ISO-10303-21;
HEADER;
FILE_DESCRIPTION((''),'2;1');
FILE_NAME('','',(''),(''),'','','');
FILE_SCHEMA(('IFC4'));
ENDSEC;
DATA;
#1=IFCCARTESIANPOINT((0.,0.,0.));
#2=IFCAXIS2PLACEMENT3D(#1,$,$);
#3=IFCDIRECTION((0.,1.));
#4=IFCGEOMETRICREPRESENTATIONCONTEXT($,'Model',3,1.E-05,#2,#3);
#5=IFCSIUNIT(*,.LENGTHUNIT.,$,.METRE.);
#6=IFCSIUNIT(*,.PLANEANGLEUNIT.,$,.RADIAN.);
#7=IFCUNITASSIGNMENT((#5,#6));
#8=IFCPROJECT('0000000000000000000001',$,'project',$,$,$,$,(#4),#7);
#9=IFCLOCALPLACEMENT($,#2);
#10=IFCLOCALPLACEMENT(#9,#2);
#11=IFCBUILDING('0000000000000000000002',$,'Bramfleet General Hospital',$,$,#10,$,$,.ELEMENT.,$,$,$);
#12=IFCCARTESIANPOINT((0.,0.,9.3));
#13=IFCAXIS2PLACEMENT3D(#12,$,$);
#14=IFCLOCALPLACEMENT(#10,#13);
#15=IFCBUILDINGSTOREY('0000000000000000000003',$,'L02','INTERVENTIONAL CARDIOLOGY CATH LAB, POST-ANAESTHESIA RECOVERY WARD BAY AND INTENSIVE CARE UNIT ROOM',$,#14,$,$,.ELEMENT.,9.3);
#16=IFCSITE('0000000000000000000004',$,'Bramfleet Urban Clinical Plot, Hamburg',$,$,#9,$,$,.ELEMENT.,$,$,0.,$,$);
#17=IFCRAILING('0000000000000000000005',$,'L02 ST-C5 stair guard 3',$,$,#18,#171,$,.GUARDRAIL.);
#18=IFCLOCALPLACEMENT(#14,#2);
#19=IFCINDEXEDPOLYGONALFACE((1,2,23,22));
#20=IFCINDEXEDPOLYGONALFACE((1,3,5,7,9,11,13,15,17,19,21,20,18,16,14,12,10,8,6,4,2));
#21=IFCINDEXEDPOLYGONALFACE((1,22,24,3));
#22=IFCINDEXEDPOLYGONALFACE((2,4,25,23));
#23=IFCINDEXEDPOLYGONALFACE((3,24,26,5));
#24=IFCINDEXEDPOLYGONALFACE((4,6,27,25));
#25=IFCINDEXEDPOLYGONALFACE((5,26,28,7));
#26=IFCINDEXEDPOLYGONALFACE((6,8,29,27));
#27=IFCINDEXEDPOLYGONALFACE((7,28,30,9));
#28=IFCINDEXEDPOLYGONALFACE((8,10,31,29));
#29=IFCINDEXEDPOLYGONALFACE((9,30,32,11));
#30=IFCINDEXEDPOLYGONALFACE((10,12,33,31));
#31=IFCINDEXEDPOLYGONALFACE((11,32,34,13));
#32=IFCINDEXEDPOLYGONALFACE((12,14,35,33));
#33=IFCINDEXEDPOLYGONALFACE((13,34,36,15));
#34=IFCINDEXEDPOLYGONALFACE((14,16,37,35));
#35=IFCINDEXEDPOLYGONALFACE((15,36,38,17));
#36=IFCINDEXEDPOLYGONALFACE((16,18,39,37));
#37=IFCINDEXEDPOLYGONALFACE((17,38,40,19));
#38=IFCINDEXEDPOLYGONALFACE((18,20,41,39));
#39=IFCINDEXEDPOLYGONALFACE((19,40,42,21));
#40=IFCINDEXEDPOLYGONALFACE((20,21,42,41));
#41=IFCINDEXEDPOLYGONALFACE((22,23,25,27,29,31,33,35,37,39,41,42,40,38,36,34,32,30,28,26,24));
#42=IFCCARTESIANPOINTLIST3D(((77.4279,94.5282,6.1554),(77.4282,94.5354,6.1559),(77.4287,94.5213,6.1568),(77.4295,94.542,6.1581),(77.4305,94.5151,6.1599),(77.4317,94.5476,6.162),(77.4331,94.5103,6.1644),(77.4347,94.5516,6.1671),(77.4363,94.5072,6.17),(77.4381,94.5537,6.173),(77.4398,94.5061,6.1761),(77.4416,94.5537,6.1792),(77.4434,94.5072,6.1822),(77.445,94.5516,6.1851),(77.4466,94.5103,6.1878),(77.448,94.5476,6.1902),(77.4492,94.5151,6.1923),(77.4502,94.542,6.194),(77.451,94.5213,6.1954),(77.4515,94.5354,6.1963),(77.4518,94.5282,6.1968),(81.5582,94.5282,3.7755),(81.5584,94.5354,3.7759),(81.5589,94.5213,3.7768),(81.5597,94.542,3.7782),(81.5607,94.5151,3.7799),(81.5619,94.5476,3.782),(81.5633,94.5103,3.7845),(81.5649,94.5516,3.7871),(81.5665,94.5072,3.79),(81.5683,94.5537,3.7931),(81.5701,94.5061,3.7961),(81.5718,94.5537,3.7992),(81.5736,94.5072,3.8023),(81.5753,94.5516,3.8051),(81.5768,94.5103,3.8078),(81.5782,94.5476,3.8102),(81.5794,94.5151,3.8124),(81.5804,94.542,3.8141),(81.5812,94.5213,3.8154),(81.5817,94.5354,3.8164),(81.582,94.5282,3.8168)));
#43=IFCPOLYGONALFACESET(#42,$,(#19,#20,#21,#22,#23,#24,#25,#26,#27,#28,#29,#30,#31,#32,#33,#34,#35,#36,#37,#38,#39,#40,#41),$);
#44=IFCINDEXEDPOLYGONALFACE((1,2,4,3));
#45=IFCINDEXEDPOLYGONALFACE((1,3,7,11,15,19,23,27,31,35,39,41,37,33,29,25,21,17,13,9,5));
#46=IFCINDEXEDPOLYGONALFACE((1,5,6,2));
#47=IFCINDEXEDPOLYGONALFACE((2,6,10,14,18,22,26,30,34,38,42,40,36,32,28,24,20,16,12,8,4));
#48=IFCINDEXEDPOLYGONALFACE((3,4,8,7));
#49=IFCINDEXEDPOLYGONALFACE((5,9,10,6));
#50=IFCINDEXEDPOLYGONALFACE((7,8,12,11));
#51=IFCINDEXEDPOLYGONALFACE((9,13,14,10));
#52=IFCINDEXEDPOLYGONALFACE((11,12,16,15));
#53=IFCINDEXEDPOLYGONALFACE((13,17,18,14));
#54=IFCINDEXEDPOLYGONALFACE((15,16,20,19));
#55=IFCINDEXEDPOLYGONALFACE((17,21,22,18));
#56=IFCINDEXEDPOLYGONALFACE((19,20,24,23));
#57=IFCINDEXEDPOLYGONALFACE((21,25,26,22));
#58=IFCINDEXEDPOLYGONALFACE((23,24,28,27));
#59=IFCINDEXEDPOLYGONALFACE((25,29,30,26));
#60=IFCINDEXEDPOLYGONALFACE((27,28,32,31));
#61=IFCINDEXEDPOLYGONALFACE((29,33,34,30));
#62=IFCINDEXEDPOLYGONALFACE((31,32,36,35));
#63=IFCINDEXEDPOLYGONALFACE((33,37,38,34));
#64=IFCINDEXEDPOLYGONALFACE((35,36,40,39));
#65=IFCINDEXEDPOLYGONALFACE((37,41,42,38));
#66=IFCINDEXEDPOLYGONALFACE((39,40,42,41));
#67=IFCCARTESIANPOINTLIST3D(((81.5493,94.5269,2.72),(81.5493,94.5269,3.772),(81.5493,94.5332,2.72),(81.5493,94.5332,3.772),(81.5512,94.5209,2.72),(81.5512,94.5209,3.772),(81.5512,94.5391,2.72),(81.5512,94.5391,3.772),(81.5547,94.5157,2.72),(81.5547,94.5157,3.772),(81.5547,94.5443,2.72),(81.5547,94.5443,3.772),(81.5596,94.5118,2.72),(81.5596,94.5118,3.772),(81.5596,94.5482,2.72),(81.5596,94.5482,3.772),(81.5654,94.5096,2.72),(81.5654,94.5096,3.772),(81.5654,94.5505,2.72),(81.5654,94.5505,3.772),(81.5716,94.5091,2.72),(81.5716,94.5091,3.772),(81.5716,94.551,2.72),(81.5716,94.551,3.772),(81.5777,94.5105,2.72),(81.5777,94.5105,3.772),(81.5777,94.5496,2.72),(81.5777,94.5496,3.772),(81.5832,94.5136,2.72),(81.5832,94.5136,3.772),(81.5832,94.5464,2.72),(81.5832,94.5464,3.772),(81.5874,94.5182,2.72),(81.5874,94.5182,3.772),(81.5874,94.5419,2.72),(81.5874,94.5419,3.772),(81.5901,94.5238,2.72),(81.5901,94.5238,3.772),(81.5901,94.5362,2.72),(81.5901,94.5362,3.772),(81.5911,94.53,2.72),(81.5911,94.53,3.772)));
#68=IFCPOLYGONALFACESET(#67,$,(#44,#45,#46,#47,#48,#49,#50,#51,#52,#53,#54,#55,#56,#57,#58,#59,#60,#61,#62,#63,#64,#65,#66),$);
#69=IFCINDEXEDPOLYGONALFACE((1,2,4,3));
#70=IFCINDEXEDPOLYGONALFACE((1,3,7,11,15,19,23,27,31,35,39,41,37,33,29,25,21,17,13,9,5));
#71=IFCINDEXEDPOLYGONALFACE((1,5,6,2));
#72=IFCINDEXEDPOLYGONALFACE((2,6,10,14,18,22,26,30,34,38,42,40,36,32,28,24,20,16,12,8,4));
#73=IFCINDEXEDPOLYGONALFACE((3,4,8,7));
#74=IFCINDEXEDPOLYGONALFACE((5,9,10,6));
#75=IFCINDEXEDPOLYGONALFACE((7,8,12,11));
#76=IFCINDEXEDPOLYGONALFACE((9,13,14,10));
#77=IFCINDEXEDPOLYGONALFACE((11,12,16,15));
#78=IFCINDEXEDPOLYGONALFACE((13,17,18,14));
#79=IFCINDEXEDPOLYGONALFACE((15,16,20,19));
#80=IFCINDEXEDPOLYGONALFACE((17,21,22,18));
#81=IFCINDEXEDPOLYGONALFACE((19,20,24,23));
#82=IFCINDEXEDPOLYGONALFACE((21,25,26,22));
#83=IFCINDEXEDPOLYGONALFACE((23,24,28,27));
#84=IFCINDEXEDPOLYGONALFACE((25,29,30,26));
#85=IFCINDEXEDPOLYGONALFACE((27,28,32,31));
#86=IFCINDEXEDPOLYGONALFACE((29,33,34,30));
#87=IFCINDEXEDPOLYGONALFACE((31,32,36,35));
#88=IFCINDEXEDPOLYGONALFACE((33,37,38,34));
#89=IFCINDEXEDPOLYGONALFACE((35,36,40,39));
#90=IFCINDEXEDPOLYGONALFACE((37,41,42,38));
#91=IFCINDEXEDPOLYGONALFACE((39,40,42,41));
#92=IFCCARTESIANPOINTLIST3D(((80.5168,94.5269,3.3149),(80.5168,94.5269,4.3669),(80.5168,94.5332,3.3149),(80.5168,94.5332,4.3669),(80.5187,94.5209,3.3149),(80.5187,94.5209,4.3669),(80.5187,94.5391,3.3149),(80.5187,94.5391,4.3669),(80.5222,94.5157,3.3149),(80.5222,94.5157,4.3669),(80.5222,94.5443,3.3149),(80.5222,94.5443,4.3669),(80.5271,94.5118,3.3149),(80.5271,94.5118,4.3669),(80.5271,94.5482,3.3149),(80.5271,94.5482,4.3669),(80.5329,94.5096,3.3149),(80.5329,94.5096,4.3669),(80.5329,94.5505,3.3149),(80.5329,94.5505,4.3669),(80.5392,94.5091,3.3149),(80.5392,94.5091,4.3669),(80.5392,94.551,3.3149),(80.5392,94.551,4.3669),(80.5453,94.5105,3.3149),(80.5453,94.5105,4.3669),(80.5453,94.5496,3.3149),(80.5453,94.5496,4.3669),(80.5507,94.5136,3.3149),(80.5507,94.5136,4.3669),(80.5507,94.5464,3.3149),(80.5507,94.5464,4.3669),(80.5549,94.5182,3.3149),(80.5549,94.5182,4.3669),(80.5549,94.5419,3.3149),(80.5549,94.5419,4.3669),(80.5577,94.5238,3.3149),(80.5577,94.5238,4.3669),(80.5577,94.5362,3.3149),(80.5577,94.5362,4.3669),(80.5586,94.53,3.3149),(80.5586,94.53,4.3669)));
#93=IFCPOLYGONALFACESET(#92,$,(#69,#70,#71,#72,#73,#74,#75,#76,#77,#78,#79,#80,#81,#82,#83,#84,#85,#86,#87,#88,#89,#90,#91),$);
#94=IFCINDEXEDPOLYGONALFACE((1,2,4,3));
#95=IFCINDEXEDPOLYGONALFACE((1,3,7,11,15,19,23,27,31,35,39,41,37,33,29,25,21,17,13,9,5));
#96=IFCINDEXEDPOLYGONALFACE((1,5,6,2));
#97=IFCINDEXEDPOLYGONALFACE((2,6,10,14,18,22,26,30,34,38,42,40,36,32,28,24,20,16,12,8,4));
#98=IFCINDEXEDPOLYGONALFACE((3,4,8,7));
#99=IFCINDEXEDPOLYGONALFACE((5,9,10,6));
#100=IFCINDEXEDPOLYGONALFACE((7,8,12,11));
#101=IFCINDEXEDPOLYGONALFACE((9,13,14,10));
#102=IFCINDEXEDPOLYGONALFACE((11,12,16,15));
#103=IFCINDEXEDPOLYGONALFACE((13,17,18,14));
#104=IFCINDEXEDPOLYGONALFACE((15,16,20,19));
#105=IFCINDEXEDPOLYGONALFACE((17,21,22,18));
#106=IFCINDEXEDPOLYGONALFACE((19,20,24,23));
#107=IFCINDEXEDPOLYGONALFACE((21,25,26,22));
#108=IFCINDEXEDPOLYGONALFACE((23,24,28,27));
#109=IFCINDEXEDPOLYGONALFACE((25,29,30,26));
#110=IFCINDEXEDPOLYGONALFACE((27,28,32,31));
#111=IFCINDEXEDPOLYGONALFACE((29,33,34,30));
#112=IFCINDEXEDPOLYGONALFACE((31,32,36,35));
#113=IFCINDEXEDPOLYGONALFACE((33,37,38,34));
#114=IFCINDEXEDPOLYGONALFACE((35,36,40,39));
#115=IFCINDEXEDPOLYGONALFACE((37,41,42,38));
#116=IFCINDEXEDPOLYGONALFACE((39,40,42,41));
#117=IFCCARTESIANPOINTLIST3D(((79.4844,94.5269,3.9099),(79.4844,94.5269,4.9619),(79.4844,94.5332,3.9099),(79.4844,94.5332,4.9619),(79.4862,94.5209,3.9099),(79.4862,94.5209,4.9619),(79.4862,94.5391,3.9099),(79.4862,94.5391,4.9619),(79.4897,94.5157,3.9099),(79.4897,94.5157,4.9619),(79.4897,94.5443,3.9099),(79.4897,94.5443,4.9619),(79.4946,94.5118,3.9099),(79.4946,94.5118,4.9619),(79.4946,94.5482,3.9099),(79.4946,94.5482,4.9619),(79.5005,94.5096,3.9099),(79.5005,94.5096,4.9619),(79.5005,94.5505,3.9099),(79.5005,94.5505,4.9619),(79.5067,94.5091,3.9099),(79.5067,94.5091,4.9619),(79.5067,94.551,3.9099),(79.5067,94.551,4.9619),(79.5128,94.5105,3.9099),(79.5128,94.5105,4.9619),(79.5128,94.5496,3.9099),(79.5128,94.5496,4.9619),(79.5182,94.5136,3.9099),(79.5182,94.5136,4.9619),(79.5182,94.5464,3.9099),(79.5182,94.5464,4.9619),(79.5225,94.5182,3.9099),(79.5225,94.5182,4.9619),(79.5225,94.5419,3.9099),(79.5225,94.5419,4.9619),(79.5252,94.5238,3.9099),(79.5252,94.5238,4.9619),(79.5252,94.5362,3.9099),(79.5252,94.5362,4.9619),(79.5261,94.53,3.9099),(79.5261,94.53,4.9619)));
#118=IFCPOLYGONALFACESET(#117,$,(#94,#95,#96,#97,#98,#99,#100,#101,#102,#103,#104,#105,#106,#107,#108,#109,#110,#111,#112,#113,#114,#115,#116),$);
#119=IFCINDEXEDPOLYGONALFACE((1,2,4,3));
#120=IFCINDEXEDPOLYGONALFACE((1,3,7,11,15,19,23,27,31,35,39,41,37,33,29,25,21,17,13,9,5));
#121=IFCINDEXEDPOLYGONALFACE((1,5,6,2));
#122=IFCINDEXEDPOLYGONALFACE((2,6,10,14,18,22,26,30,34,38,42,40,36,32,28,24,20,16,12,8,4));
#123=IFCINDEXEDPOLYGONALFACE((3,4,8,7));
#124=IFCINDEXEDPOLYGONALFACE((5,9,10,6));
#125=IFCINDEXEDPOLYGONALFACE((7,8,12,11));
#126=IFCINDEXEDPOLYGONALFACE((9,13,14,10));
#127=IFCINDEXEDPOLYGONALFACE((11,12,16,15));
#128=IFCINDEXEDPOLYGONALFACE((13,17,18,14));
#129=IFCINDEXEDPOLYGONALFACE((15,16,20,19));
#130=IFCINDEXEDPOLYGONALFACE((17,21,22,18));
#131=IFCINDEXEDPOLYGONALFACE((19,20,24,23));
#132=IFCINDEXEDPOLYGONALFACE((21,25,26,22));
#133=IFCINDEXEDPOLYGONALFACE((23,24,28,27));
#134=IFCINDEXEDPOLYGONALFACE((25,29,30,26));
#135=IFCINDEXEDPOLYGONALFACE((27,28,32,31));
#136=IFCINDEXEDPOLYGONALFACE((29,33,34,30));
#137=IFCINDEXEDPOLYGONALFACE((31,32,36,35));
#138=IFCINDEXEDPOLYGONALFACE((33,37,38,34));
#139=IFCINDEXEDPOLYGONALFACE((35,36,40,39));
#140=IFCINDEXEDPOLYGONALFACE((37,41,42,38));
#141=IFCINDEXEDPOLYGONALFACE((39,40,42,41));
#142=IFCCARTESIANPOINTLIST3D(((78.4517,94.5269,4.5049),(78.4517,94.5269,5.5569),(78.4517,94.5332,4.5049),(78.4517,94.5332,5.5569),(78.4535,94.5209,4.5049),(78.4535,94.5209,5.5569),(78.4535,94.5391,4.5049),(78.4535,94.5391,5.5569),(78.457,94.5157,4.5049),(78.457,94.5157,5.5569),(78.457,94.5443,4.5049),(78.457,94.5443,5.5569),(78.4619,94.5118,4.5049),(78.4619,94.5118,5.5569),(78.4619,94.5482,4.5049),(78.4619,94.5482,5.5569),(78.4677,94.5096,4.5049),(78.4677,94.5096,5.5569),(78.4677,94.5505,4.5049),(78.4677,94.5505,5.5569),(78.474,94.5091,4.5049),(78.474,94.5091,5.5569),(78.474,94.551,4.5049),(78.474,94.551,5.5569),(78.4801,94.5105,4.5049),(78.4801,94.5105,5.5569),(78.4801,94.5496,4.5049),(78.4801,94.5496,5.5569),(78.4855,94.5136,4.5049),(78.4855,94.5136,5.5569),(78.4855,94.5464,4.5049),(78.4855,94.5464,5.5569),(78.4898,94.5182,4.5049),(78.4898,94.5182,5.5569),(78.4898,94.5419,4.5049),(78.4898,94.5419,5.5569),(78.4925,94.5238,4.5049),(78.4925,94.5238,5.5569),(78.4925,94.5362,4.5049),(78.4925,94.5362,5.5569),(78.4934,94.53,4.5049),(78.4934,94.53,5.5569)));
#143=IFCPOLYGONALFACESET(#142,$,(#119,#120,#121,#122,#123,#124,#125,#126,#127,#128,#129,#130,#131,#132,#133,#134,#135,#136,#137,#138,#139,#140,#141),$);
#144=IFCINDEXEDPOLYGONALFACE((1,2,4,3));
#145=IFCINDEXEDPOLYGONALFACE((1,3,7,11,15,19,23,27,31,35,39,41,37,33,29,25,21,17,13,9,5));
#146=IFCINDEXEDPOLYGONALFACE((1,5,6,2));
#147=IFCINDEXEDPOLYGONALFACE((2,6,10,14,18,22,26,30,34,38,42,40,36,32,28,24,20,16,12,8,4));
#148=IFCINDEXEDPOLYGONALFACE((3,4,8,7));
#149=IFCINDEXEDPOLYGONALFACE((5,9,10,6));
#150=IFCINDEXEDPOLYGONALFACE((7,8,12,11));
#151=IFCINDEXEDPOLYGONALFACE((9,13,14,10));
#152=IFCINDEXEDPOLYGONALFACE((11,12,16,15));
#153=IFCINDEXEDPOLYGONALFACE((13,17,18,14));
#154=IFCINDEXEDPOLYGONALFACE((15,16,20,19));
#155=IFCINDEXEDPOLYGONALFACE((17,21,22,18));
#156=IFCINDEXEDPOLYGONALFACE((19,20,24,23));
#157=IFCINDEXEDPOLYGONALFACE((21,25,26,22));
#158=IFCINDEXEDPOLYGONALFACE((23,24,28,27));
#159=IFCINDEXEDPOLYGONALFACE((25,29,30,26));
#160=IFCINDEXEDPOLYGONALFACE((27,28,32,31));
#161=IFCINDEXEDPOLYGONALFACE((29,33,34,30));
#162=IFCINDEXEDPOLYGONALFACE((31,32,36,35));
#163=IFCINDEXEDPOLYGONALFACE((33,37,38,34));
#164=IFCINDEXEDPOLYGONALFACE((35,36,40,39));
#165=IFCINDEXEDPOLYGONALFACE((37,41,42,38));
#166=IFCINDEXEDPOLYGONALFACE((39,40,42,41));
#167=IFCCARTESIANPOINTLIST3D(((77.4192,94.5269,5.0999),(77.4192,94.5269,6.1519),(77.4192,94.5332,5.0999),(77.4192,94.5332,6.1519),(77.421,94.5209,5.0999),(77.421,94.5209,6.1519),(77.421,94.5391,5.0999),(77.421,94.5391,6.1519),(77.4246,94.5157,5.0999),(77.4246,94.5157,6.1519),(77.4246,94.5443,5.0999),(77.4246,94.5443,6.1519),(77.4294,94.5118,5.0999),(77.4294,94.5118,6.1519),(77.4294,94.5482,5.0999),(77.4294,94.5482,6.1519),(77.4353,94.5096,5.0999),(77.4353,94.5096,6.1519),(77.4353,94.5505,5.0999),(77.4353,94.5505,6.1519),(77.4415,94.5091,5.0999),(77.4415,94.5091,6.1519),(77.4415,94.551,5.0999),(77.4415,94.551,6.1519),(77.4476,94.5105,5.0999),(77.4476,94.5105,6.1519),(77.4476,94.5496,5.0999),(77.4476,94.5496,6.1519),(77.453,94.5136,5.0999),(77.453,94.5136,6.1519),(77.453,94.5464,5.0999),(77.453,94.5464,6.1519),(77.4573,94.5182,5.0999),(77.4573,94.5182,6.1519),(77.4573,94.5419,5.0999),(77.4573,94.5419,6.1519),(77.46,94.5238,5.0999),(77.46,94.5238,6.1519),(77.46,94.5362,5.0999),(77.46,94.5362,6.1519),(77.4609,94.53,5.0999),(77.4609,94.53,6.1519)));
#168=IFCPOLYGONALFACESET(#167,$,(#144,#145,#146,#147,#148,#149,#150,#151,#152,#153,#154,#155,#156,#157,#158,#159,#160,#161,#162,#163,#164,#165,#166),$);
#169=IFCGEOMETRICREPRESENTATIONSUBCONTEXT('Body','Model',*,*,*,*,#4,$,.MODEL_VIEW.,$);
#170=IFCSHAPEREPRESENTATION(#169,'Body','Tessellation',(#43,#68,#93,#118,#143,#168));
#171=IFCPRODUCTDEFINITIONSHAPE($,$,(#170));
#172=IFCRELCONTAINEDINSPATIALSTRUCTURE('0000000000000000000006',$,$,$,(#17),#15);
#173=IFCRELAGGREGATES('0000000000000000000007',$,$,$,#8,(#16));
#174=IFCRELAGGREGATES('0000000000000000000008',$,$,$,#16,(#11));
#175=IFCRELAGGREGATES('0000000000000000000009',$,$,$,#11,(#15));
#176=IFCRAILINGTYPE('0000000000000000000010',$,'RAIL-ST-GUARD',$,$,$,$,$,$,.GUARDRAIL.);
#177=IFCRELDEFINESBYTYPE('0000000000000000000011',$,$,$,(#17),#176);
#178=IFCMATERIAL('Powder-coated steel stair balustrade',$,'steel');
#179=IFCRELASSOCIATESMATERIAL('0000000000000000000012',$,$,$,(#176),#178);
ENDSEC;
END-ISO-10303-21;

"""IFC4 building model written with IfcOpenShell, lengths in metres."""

from ifc_helpers import new_model, si_unit, direction, frame, origin, origin_2d, place, context, subcontext, project, spatial, circle, extrude, material, type_object, element, save


model = new_model("IFC4")

# Units and contexts
model_context = context("Model", 3, precision=1e-05, world=origin(), true_north=direction((0.0, 1.0)))
body_context = subcontext(model_context, "Body", "Model", "MODEL_VIEW")
ifc_project = project(units=[si_unit("LENGTHUNIT", "METRE"), si_unit("PLANEANGLEUNIT", "RADIAN")], contexts=[model_context])

# Site, building, storey
site_placement = place(None, origin())
site = spatial("IfcSite", under=ifc_project, at=site_placement, Name="Bramfleet Urban Clinical Plot, Hamburg", CompositionType="ELEMENT", RefElevation=0.0)
building_placement = place(site_placement, origin())
building = spatial("IfcBuilding", under=site, at=building_placement, Name="Bramfleet General Hospital", CompositionType="ELEMENT")
storey_placement = place(building_placement, frame((0.0, 0.0, 9.3)))
storey = spatial("IfcBuildingStorey", under=building, at=storey_placement, Name="L02", Description="INTERVENTIONAL CARDIOLOGY CATH LAB, POST-ANAESTHESIA RECOVERY WARD BAY AND INTENSIVE CARE UNIT ROOM", CompositionType="ELEMENT", Elevation=9.3)

# Railing
ifc_material_1 = material(Name="Powder-coated steel stair balustrade", Category="steel")
railing_type_1 = type_object("IfcRailingType", Name="RAIL-ST-GUARD", PredefinedType="GUARDRAIL", material=ifc_material_1)
railing_1_placement = place(storey_placement, frame((81.5701, 94.53, 2.72)))
element("IfcRailing", 1, at=railing_1_placement, inside=storey, type_object=railing_type_1, Name="L02 ST-C5 stair guard 3", PredefinedType="GUARDRAIL", context=body_context, shape_type="SweptSolid", body=[
    extrude(circle(Radius=0.0239, at=origin_2d()), frame((0.0, 0.0, 1.0762), z_axis=(-0.866447, 0.0, 0.499269), x_axis=(0.0, -1.0, 0.0)), (0.0, 0.0, 1.0), 4.7668),
    extrude(circle(Radius=0.021, at=origin_2d()), origin(), (0.0, 0.0, 1.0), 1.052),
    extrude(circle(Radius=0.021, at=origin_2d()), frame((-1.0325, 0.0, 0.595)), (0.0, 0.0, 1.0), 1.052),
    extrude(circle(Radius=0.021, at=origin_2d()), frame((-2.0649, 0.0, 1.1899)), (0.0, 0.0, 1.0), 1.052),
    extrude(circle(Radius=0.021, at=origin_2d()), frame((-3.0977, 0.0, 1.7849)), (0.0, 0.0, 1.0), 1.052),
    extrude(circle(Radius=0.021, at=origin_2d()), frame((-4.1301, 0.0, 2.3799)), (0.0, 0.0, 1.0), 1.052),
])

save(model, "model.ifc")
